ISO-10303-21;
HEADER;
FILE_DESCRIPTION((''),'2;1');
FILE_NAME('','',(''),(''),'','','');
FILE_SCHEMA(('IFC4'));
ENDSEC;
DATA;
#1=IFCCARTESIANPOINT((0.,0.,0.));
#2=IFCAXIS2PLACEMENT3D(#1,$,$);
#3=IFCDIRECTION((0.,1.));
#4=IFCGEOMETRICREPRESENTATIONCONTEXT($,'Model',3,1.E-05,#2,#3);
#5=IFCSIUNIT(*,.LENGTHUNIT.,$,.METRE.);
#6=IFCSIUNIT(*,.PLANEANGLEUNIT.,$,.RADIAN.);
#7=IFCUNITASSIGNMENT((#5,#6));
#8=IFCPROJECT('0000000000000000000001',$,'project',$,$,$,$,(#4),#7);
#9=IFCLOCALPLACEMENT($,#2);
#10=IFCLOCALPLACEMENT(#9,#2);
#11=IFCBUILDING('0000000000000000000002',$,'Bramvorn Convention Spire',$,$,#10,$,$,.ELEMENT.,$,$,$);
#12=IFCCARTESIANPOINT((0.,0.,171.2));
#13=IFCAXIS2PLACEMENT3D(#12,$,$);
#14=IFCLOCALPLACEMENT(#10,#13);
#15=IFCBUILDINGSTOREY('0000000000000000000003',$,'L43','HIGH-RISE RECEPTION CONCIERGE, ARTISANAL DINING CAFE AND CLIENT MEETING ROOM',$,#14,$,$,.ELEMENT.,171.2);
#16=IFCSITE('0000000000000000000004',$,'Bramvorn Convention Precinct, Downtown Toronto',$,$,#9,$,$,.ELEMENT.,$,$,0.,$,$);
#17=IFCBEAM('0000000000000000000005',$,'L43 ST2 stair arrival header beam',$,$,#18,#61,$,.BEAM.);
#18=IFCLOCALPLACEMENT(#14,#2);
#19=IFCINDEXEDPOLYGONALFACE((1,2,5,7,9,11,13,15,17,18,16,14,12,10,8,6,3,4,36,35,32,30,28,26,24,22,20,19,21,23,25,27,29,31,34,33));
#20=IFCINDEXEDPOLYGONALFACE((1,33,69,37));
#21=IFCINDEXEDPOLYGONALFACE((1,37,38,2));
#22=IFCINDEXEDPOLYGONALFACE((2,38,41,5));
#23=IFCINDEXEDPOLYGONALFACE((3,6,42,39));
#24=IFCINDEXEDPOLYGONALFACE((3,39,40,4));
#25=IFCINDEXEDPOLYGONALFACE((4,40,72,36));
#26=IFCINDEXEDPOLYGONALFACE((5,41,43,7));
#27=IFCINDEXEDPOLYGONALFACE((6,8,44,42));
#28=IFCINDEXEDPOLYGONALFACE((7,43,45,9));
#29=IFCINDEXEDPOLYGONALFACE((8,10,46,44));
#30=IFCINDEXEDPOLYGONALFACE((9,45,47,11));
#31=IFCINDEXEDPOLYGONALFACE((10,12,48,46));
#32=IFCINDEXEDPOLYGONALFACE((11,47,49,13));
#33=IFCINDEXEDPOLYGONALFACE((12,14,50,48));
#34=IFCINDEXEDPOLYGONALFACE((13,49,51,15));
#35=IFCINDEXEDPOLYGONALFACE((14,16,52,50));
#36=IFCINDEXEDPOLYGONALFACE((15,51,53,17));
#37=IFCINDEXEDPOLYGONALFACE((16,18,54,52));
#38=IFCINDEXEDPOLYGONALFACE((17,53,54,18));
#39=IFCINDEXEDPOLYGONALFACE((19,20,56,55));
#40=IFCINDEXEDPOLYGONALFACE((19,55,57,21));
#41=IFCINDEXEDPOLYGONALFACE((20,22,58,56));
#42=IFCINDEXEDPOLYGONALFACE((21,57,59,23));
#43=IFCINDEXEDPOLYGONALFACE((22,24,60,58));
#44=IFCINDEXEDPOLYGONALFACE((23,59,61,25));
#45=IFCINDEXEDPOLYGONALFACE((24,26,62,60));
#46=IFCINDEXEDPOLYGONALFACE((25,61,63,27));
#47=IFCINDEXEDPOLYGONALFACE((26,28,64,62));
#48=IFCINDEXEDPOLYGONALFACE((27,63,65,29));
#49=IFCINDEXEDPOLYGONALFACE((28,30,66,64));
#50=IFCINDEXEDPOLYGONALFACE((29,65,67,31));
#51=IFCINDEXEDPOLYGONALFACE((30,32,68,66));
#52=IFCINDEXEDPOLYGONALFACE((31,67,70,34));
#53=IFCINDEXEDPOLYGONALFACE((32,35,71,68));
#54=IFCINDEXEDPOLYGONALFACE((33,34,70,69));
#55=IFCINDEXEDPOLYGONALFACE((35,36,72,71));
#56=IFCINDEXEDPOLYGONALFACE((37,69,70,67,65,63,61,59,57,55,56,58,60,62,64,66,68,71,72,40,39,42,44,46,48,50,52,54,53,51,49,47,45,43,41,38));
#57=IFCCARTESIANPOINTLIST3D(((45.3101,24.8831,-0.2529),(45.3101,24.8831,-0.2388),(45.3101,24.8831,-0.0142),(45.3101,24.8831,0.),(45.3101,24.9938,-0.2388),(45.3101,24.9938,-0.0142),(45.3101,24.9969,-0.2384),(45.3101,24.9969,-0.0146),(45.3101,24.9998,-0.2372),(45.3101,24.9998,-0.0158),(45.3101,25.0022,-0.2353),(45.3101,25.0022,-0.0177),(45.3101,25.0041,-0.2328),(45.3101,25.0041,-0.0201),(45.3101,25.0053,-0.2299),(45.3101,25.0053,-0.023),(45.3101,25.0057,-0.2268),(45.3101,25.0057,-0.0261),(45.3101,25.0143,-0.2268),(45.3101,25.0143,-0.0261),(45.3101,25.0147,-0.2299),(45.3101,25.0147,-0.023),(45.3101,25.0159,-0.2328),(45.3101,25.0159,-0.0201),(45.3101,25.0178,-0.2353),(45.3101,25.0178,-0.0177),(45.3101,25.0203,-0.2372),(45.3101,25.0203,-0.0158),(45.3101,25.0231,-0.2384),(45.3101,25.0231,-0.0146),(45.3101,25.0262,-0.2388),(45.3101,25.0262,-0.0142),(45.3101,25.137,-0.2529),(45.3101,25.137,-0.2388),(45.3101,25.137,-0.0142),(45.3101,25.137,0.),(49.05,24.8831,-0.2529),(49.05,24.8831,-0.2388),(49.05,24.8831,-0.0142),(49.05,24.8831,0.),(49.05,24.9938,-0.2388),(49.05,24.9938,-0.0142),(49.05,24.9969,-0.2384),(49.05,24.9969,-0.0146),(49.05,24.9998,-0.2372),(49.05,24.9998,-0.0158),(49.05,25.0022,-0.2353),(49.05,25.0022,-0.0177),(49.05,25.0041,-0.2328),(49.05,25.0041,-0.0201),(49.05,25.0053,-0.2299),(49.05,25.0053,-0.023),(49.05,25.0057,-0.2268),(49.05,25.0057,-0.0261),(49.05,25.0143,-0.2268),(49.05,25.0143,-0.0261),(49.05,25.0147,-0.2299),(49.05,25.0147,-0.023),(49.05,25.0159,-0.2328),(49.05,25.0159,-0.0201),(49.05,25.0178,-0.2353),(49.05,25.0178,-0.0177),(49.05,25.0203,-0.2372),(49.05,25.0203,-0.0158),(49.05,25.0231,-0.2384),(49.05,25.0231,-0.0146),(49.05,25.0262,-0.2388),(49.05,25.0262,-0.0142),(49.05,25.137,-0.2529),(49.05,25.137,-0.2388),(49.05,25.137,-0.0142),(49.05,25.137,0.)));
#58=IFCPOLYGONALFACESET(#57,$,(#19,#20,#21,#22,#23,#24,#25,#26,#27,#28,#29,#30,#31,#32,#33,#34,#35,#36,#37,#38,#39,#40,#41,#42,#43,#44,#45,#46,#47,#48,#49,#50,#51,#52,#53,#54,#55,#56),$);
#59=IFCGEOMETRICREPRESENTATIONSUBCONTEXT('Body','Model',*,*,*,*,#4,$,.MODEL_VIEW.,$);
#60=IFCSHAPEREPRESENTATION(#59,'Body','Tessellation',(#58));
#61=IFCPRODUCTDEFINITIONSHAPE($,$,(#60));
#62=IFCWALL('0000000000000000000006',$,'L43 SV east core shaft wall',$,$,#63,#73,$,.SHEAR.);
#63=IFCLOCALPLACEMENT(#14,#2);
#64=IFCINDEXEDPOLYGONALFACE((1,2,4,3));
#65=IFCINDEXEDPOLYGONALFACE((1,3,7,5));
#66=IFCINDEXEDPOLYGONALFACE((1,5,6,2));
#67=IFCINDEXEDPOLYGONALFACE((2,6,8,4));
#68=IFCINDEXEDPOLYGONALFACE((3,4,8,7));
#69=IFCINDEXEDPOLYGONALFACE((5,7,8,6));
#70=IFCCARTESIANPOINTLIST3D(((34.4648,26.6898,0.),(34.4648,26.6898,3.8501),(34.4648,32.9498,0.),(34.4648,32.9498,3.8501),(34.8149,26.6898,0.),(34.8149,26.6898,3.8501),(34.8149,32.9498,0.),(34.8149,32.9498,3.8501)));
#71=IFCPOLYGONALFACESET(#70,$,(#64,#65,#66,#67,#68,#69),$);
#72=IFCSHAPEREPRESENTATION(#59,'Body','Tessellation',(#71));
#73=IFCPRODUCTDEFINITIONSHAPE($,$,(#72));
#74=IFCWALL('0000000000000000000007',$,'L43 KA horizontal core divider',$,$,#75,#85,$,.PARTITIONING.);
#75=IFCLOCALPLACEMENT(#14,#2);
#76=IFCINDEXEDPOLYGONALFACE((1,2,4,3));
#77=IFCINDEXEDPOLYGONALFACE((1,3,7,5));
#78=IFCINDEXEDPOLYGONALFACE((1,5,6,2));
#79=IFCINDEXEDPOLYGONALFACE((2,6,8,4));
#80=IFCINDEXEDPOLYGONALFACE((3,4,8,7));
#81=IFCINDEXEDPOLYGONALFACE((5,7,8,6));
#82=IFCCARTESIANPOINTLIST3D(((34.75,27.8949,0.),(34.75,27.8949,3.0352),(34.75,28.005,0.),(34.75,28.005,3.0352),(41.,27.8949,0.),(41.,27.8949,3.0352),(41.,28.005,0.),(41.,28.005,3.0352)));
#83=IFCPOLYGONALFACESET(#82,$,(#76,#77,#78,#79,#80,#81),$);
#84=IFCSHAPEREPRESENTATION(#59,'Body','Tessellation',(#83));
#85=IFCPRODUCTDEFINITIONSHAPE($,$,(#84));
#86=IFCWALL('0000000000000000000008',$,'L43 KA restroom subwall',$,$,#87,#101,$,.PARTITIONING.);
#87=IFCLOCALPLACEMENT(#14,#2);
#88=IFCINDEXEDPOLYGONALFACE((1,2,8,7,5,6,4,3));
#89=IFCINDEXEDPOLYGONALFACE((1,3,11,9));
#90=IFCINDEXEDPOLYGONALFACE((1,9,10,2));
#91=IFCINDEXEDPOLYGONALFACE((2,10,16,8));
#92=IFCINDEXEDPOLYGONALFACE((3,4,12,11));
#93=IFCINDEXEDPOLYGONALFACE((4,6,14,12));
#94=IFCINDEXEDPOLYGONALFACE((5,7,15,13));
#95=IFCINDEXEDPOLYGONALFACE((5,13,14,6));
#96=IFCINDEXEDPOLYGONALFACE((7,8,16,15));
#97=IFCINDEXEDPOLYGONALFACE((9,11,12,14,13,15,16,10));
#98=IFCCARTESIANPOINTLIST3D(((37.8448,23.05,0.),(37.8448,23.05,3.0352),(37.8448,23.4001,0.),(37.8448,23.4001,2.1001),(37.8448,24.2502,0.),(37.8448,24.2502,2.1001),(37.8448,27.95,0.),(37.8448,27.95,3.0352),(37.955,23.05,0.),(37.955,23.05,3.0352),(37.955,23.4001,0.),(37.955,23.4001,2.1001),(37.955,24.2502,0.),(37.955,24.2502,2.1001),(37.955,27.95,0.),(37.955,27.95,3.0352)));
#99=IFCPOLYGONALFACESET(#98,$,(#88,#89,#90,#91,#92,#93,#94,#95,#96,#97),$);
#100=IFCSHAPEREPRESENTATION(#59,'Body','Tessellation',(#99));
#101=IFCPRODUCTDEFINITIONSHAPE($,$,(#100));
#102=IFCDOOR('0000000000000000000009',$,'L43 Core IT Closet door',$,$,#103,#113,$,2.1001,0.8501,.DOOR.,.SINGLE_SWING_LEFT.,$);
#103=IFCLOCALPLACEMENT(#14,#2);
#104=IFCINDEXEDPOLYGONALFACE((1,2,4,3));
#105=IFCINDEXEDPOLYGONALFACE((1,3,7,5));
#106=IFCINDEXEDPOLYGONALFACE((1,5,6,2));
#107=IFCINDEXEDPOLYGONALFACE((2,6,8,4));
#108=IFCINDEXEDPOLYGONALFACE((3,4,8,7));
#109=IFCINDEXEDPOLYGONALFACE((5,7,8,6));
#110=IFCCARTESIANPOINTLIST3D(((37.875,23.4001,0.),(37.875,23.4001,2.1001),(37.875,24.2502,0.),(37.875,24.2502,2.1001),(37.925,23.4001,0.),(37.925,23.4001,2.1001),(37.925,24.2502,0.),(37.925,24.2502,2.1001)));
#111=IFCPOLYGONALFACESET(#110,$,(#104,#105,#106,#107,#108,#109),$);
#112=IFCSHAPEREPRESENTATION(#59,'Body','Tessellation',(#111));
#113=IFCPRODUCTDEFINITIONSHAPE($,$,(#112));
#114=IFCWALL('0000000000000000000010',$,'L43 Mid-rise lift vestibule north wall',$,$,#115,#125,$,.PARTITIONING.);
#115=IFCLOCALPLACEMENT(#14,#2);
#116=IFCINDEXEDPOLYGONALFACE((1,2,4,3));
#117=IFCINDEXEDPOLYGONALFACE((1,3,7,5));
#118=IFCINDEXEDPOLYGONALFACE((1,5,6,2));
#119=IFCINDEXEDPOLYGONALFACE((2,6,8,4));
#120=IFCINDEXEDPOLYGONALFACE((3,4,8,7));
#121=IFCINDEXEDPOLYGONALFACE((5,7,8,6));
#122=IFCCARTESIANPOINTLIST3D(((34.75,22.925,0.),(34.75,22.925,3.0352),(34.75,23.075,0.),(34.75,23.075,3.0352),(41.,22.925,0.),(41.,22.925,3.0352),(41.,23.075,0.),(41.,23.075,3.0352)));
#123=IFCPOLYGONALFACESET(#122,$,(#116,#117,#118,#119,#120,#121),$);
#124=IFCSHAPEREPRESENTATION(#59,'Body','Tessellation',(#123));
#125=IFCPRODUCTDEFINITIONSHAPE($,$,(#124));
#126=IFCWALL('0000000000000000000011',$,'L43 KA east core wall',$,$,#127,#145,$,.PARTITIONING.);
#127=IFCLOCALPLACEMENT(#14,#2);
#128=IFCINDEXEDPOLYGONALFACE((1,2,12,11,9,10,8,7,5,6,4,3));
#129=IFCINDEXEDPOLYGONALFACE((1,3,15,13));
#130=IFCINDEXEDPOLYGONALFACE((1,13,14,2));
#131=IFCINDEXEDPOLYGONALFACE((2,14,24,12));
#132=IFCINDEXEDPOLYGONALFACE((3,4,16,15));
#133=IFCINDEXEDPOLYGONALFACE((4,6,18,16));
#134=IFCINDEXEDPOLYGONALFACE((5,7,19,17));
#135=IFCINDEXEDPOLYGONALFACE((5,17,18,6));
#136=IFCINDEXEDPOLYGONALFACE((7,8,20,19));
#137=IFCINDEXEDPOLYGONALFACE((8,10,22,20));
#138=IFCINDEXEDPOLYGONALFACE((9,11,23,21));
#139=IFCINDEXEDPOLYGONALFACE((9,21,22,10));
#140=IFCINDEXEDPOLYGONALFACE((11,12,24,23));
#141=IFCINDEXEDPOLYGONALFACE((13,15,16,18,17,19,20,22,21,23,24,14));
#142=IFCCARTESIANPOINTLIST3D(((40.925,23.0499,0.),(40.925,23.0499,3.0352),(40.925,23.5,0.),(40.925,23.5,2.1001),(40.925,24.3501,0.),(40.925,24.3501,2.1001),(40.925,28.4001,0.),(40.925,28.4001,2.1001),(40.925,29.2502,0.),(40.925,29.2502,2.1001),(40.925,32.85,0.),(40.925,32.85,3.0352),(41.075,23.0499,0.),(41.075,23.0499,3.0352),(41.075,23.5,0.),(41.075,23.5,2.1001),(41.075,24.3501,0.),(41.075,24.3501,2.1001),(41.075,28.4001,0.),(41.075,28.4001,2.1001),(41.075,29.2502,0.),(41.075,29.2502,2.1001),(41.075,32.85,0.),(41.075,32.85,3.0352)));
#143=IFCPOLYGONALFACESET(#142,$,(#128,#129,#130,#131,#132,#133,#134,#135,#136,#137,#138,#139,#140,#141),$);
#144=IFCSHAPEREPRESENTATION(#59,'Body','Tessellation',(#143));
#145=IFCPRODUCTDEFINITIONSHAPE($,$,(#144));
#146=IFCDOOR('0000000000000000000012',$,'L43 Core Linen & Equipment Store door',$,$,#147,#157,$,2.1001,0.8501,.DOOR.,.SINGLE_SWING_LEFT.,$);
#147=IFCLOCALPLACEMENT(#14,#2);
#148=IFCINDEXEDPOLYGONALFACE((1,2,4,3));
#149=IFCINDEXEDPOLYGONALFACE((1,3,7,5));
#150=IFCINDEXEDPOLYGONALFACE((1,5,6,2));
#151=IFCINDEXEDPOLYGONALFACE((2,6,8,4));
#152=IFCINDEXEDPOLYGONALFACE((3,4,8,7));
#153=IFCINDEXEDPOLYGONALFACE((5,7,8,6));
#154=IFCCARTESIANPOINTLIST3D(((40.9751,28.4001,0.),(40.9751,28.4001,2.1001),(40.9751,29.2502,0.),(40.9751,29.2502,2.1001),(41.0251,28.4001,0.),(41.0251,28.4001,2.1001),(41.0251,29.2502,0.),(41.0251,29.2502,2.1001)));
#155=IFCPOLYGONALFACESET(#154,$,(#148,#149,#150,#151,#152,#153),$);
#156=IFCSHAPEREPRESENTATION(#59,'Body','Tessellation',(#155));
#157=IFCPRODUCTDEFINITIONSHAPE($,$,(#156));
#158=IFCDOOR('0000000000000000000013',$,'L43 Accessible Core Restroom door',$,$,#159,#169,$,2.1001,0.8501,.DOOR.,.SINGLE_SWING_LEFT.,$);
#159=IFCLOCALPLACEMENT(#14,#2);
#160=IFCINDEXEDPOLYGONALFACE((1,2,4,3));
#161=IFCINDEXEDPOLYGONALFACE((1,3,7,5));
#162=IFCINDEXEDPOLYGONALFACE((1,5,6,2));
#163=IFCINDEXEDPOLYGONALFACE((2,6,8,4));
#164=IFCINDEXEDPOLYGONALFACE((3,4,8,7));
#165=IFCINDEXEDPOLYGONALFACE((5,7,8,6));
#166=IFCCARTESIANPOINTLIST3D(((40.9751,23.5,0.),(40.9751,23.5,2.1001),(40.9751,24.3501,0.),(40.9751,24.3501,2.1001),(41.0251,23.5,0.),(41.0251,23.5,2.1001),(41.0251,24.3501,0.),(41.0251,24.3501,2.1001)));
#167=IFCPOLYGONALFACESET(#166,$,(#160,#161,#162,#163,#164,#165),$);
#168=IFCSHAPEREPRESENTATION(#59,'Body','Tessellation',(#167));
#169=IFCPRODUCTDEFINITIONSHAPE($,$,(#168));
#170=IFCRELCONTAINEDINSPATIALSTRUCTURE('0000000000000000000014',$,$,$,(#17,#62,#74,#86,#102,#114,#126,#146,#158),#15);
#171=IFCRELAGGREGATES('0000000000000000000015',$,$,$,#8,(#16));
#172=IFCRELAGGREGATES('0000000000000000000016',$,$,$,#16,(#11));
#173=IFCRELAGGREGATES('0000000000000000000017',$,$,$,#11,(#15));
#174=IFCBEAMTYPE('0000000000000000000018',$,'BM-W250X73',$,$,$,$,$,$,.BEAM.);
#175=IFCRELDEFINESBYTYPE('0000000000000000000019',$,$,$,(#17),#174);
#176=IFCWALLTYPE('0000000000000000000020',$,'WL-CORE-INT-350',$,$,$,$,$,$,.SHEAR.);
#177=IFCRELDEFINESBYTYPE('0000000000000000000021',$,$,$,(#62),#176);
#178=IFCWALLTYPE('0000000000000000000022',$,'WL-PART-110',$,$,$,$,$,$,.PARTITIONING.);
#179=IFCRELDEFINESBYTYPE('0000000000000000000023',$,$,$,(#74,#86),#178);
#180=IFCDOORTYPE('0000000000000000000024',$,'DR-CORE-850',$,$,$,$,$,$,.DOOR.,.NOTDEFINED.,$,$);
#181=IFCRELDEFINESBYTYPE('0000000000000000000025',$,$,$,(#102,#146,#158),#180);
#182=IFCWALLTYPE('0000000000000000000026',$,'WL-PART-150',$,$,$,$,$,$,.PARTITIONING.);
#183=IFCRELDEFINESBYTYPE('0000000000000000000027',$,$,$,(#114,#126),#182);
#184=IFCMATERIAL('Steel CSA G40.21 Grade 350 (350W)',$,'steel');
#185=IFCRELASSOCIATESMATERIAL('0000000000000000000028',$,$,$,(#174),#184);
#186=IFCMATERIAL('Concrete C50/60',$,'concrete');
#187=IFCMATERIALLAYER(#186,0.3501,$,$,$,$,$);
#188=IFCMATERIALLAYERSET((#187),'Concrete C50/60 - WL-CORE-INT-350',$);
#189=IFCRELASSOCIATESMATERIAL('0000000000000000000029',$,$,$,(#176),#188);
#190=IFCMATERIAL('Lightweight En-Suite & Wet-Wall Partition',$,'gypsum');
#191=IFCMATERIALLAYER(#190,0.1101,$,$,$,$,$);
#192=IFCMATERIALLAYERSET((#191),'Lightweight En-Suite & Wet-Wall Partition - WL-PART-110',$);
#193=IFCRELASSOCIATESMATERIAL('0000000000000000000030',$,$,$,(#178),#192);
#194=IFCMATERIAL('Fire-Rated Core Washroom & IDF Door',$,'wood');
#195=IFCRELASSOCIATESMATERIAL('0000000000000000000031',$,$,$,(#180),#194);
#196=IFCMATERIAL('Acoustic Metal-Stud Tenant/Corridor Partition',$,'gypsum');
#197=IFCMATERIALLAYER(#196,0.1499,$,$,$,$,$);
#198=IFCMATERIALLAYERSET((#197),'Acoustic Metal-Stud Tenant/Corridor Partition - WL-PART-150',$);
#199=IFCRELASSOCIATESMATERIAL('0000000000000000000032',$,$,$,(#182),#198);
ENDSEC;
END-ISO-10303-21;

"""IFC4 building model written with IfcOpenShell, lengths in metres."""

from ifc_helpers import new_model, si_unit, direction, frame, frame_2d, origin, origin_2d, place, context, subcontext, project, spatial, rectangle, i_section, extrude, material, layer, layer_set, material_profile, profile_set, type_object, element, fill, save


model = new_model("IFC4")

# Units and contexts
model_context = context("Model", 3, precision=1e-05, world=origin(), true_north=direction((0.0, 1.0)))
body_context = subcontext(model_context, "Body", "Model", "MODEL_VIEW")
ifc_project = project(units=[si_unit("LENGTHUNIT", "METRE"), si_unit("PLANEANGLEUNIT", "RADIAN")], contexts=[model_context])

# Site, building, storey
site_placement = place(None, origin())
site = spatial("IfcSite", under=ifc_project, at=site_placement, Name="Bramvorn Convention Precinct, Downtown Toronto", CompositionType="ELEMENT", RefElevation=0.0)
building_placement = place(site_placement, origin())
building = spatial("IfcBuilding", under=site, at=building_placement, Name="Bramvorn Convention Spire", CompositionType="ELEMENT")
storey_placement = place(building_placement, frame((0.0, 0.0, 171.2)))
storey = spatial("IfcBuildingStorey", under=building, at=storey_placement, Name="L43", Description="HIGH-RISE RECEPTION CONCIERGE, ARTISANAL DINING CAFE AND CLIENT MEETING ROOM", CompositionType="ELEMENT", Elevation=171.2)

# Beam
ifc_material_1 = material(Name="Steel CSA G40.21 Grade 350 (350W)", Category="steel")
ifc_material_profile = material_profile(ifc_material_1, i_section(OverallWidth=0.2539, OverallDepth=0.2529, WebThickness=0.0085, FlangeThickness=0.0142, FilletRadius=0.012, at=origin_2d()))
ifc_profile_set = profile_set([ifc_material_profile], Name="Steel CSA G40.21 Grade 350 (350W) - W250X73")
beam_type = type_object("IfcBeamType", Name="BM-W250X73", PredefinedType="BEAM", material=ifc_profile_set)
beam_placement = place(storey_placement, frame((45.3101, 25.01, -0.1265), z_axis=(1.0, 0.0, 0.0), x_axis=(0.0, 1.0, 0.0)))
element("IfcBeam", 1, at=beam_placement, inside=storey, type_object=beam_type, Name="L43 ST2 stair arrival header beam", PredefinedType="BEAM", context=body_context, shape_type="SweptSolid", body=[
    extrude(i_section(OverallWidth=0.2539, OverallDepth=0.2529, WebThickness=0.0085, FlangeThickness=0.0142, FilletRadius=0.012, at=origin_2d()), origin(), (0.0, 0.0, 1.0), 3.74),
])

# Walls
ifc_material_2 = material(Name="Concrete C50/60", Category="concrete")
ifc_layer_1 = layer(ifc_material_2, 0.3501)
ifc_layer_set_1 = layer_set([ifc_layer_1], Name="Concrete C50/60 - WL-CORE-INT-350")
wall_type_1 = type_object("IfcWallType", Name="WL-CORE-INT-350", PredefinedType="SHEAR", material=ifc_layer_set_1)
wall_1_placement = place(storey_placement, frame((34.6399, 26.6899, 0.0), z_axis=(0.0, 0.0, 1.0), x_axis=(0.0, 1.0, 0.0)))
element("IfcWall", 2, at=wall_1_placement, inside=storey, type_object=wall_type_1, Name="L43 SV east core shaft wall", PredefinedType="SHEAR", context=body_context, shape_type="SweptSolid", body=[
    extrude(rectangle(XDim=6.26, YDim=0.3501, at=frame_2d((3.1299, 0.0))), origin(), (0.0, 0.0, 1.0), 3.8501),
])
ifc_material_3 = material(Name="Lightweight En-Suite & Wet-Wall Partition", Category="gypsum")
ifc_layer_2 = layer(ifc_material_3, 0.1101)
ifc_layer_set_2 = layer_set([ifc_layer_2], Name="Lightweight En-Suite & Wet-Wall Partition - WL-PART-110")
wall_type_2 = type_object("IfcWallType", Name="WL-PART-110", PredefinedType="PARTITIONING", material=ifc_layer_set_2)
wall_2_placement = place(storey_placement, frame((34.75, 27.95, 0.0), z_axis=(0.0, 0.0, 1.0), x_axis=(1.0, 0.0, 0.0)))
element("IfcWall", 3, at=wall_2_placement, inside=storey, type_object=wall_type_2, Name="L43 KA horizontal core divider", PredefinedType="PARTITIONING", context=body_context, shape_type="SweptSolid", body=[
    extrude(rectangle(XDim=6.25, YDim=0.1101, at=frame_2d((3.125, 0.0))), origin(), (0.0, 0.0, 1.0), 3.0352),
])

# Wall, opening, door
wall_3_placement = place(storey_placement, frame((37.8999, 23.05, 0.0), z_axis=(0.0, 0.0, 1.0), x_axis=(0.0, 1.0, 0.0)))
wall_3 = element("IfcWall", 4, at=wall_3_placement, inside=storey, type_object=wall_type_2, Name="L43 KA restroom subwall", PredefinedType="PARTITIONING", context=body_context, shape_type="SweptSolid", body=[
    extrude(rectangle(XDim=4.8999, YDim=0.1101, at=frame_2d((2.45, 0.0))), origin(), (0.0, 0.0, 1.0), 3.0352),
])
opening_1_placement = place(wall_3_placement, frame((0.3501, 0.0, 0.0)))
opening_1 = element("IfcOpeningElement", 5, at=opening_1_placement, cuts=wall_3, PredefinedType="OPENING", context=body_context, shape_type="SweptSolid", body=[
    extrude(rectangle(XDim=0.8501, YDim=2.1001, at=frame_2d((0.425, 1.05))), frame((0.0, 0.0649, 0.0), z_axis=(0.0, -1.0, 0.0), x_axis=(1.0, 0.0, 0.0)), (0.0, 0.0, 1.0), 0.1301),
])
ifc_material_4 = material(Name="Fire-Rated Core Washroom & IDF Door", Category="wood")
door_type_1 = type_object("IfcDoorType", Name="DR-CORE-850", OperationType="NOTDEFINED", PredefinedType="DOOR", material=ifc_material_4)
door_1_placement = place(opening_1_placement, origin())
door_1 = element("IfcDoor", 6, at=door_1_placement, inside=storey, type_object=door_type_1, Name="L43 Core IT Closet door", OperationType="SINGLE_SWING_LEFT", OverallHeight=2.1001, OverallWidth=0.8501, PredefinedType="DOOR", context=body_context, shape_type="SweptSolid", body=[
    extrude(rectangle(XDim=0.8501, YDim=2.1001, at=frame_2d((0.425, 1.05))), frame((0.0, 0.0249, 0.0), z_axis=(0.0, -1.0, 0.0), x_axis=(1.0, 0.0, 0.0)), (0.0, 0.0, 1.0), 0.05),
])
fill(opening_1, door_1)

# Wall
ifc_material_5 = material(Name="Acoustic Metal-Stud Tenant/Corridor Partition", Category="gypsum")
ifc_layer_3 = layer(ifc_material_5, 0.1499)
ifc_layer_set_3 = layer_set([ifc_layer_3], Name="Acoustic Metal-Stud Tenant/Corridor Partition - WL-PART-150")
wall_type_3 = type_object("IfcWallType", Name="WL-PART-150", PredefinedType="PARTITIONING", material=ifc_layer_set_3)
wall_4_placement = place(storey_placement, frame((34.75, 23.0, 0.0), z_axis=(0.0, 0.0, 1.0), x_axis=(1.0, 0.0, 0.0)))
element("IfcWall", 7, at=wall_4_placement, inside=storey, type_object=wall_type_3, Name="L43 Mid-rise lift vestibule north wall", PredefinedType="PARTITIONING", context=body_context, shape_type="SweptSolid", body=[
    extrude(rectangle(XDim=6.25, YDim=0.1499, at=frame_2d((3.125, 0.0))), origin(), (0.0, 0.0, 1.0), 3.0352),
])

# Wall, openings, doors
wall_5_placement = place(storey_placement, frame((41.0, 23.05, 0.0), z_axis=(0.0, 0.0, 1.0), x_axis=(0.0, 1.0, 0.0)))
wall_5 = element("IfcWall", 8, at=wall_5_placement, inside=storey, type_object=wall_type_3, Name="L43 KA east core wall", PredefinedType="PARTITIONING", context=body_context, shape_type="SweptSolid", body=[
    extrude(rectangle(XDim=9.8, YDim=0.1499, at=frame_2d((4.8999, 0.0))), origin(), (0.0, 0.0, 1.0), 3.0352),
])
opening_2_placement = place(wall_5_placement, frame((5.3501, 0.0, 0.0)))
opening_2 = element("IfcOpeningElement", 9, at=opening_2_placement, cuts=wall_5, PredefinedType="OPENING", context=body_context, shape_type="SweptSolid", body=[
    extrude(rectangle(XDim=0.8501, YDim=2.1001, at=frame_2d((0.425, 1.05))), frame((0.0, 0.085, 0.0), z_axis=(0.0, -1.0, 0.0), x_axis=(1.0, 0.0, 0.0)), (0.0, 0.0, 1.0), 0.1699),
])
opening_3_placement = place(wall_5_placement, frame((0.45, 0.0, 0.0)))
opening_3 = element("IfcOpeningElement", 10, at=opening_3_placement, cuts=wall_5, PredefinedType="OPENING", context=body_context, shape_type="SweptSolid", body=[
    extrude(rectangle(XDim=0.8501, YDim=2.1001, at=frame_2d((0.425, 1.05))), frame((0.0, 0.085, 0.0), z_axis=(0.0, -1.0, 0.0), x_axis=(1.0, 0.0, 0.0)), (0.0, 0.0, 1.0), 0.1699),
])
door_2_placement = place(opening_2_placement, origin())
door_2 = element("IfcDoor", 11, at=door_2_placement, inside=storey, type_object=door_type_1, Name="L43 Core Linen & Equipment Store door", OperationType="SINGLE_SWING_LEFT", OverallHeight=2.1001, OverallWidth=0.8501, PredefinedType="DOOR", context=body_context, shape_type="SweptSolid", body=[
    extrude(rectangle(XDim=0.8501, YDim=2.1001, at=frame_2d((0.425, 1.05))), frame((0.0, 0.0249, 0.0), z_axis=(0.0, -1.0, 0.0), x_axis=(1.0, 0.0, 0.0)), (0.0, 0.0, 1.0), 0.05),
])
fill(opening_2, door_2)
door_3_placement = place(opening_3_placement, origin())
door_3 = element("IfcDoor", 12, at=door_3_placement, inside=storey, type_object=door_type_1, Name="L43 Accessible Core Restroom door", OperationType="SINGLE_SWING_LEFT", OverallHeight=2.1001, OverallWidth=0.8501, PredefinedType="DOOR", context=body_context, shape_type="SweptSolid", body=[
    extrude(rectangle(XDim=0.8501, YDim=2.1001, at=frame_2d((0.425, 1.05))), frame((0.0, 0.0249, 0.0), z_axis=(0.0, -1.0, 0.0), x_axis=(1.0, 0.0, 0.0)), (0.0, 0.0, 1.0), 0.05),
])
fill(opening_3, door_3)

save(model, "model.ifc")
